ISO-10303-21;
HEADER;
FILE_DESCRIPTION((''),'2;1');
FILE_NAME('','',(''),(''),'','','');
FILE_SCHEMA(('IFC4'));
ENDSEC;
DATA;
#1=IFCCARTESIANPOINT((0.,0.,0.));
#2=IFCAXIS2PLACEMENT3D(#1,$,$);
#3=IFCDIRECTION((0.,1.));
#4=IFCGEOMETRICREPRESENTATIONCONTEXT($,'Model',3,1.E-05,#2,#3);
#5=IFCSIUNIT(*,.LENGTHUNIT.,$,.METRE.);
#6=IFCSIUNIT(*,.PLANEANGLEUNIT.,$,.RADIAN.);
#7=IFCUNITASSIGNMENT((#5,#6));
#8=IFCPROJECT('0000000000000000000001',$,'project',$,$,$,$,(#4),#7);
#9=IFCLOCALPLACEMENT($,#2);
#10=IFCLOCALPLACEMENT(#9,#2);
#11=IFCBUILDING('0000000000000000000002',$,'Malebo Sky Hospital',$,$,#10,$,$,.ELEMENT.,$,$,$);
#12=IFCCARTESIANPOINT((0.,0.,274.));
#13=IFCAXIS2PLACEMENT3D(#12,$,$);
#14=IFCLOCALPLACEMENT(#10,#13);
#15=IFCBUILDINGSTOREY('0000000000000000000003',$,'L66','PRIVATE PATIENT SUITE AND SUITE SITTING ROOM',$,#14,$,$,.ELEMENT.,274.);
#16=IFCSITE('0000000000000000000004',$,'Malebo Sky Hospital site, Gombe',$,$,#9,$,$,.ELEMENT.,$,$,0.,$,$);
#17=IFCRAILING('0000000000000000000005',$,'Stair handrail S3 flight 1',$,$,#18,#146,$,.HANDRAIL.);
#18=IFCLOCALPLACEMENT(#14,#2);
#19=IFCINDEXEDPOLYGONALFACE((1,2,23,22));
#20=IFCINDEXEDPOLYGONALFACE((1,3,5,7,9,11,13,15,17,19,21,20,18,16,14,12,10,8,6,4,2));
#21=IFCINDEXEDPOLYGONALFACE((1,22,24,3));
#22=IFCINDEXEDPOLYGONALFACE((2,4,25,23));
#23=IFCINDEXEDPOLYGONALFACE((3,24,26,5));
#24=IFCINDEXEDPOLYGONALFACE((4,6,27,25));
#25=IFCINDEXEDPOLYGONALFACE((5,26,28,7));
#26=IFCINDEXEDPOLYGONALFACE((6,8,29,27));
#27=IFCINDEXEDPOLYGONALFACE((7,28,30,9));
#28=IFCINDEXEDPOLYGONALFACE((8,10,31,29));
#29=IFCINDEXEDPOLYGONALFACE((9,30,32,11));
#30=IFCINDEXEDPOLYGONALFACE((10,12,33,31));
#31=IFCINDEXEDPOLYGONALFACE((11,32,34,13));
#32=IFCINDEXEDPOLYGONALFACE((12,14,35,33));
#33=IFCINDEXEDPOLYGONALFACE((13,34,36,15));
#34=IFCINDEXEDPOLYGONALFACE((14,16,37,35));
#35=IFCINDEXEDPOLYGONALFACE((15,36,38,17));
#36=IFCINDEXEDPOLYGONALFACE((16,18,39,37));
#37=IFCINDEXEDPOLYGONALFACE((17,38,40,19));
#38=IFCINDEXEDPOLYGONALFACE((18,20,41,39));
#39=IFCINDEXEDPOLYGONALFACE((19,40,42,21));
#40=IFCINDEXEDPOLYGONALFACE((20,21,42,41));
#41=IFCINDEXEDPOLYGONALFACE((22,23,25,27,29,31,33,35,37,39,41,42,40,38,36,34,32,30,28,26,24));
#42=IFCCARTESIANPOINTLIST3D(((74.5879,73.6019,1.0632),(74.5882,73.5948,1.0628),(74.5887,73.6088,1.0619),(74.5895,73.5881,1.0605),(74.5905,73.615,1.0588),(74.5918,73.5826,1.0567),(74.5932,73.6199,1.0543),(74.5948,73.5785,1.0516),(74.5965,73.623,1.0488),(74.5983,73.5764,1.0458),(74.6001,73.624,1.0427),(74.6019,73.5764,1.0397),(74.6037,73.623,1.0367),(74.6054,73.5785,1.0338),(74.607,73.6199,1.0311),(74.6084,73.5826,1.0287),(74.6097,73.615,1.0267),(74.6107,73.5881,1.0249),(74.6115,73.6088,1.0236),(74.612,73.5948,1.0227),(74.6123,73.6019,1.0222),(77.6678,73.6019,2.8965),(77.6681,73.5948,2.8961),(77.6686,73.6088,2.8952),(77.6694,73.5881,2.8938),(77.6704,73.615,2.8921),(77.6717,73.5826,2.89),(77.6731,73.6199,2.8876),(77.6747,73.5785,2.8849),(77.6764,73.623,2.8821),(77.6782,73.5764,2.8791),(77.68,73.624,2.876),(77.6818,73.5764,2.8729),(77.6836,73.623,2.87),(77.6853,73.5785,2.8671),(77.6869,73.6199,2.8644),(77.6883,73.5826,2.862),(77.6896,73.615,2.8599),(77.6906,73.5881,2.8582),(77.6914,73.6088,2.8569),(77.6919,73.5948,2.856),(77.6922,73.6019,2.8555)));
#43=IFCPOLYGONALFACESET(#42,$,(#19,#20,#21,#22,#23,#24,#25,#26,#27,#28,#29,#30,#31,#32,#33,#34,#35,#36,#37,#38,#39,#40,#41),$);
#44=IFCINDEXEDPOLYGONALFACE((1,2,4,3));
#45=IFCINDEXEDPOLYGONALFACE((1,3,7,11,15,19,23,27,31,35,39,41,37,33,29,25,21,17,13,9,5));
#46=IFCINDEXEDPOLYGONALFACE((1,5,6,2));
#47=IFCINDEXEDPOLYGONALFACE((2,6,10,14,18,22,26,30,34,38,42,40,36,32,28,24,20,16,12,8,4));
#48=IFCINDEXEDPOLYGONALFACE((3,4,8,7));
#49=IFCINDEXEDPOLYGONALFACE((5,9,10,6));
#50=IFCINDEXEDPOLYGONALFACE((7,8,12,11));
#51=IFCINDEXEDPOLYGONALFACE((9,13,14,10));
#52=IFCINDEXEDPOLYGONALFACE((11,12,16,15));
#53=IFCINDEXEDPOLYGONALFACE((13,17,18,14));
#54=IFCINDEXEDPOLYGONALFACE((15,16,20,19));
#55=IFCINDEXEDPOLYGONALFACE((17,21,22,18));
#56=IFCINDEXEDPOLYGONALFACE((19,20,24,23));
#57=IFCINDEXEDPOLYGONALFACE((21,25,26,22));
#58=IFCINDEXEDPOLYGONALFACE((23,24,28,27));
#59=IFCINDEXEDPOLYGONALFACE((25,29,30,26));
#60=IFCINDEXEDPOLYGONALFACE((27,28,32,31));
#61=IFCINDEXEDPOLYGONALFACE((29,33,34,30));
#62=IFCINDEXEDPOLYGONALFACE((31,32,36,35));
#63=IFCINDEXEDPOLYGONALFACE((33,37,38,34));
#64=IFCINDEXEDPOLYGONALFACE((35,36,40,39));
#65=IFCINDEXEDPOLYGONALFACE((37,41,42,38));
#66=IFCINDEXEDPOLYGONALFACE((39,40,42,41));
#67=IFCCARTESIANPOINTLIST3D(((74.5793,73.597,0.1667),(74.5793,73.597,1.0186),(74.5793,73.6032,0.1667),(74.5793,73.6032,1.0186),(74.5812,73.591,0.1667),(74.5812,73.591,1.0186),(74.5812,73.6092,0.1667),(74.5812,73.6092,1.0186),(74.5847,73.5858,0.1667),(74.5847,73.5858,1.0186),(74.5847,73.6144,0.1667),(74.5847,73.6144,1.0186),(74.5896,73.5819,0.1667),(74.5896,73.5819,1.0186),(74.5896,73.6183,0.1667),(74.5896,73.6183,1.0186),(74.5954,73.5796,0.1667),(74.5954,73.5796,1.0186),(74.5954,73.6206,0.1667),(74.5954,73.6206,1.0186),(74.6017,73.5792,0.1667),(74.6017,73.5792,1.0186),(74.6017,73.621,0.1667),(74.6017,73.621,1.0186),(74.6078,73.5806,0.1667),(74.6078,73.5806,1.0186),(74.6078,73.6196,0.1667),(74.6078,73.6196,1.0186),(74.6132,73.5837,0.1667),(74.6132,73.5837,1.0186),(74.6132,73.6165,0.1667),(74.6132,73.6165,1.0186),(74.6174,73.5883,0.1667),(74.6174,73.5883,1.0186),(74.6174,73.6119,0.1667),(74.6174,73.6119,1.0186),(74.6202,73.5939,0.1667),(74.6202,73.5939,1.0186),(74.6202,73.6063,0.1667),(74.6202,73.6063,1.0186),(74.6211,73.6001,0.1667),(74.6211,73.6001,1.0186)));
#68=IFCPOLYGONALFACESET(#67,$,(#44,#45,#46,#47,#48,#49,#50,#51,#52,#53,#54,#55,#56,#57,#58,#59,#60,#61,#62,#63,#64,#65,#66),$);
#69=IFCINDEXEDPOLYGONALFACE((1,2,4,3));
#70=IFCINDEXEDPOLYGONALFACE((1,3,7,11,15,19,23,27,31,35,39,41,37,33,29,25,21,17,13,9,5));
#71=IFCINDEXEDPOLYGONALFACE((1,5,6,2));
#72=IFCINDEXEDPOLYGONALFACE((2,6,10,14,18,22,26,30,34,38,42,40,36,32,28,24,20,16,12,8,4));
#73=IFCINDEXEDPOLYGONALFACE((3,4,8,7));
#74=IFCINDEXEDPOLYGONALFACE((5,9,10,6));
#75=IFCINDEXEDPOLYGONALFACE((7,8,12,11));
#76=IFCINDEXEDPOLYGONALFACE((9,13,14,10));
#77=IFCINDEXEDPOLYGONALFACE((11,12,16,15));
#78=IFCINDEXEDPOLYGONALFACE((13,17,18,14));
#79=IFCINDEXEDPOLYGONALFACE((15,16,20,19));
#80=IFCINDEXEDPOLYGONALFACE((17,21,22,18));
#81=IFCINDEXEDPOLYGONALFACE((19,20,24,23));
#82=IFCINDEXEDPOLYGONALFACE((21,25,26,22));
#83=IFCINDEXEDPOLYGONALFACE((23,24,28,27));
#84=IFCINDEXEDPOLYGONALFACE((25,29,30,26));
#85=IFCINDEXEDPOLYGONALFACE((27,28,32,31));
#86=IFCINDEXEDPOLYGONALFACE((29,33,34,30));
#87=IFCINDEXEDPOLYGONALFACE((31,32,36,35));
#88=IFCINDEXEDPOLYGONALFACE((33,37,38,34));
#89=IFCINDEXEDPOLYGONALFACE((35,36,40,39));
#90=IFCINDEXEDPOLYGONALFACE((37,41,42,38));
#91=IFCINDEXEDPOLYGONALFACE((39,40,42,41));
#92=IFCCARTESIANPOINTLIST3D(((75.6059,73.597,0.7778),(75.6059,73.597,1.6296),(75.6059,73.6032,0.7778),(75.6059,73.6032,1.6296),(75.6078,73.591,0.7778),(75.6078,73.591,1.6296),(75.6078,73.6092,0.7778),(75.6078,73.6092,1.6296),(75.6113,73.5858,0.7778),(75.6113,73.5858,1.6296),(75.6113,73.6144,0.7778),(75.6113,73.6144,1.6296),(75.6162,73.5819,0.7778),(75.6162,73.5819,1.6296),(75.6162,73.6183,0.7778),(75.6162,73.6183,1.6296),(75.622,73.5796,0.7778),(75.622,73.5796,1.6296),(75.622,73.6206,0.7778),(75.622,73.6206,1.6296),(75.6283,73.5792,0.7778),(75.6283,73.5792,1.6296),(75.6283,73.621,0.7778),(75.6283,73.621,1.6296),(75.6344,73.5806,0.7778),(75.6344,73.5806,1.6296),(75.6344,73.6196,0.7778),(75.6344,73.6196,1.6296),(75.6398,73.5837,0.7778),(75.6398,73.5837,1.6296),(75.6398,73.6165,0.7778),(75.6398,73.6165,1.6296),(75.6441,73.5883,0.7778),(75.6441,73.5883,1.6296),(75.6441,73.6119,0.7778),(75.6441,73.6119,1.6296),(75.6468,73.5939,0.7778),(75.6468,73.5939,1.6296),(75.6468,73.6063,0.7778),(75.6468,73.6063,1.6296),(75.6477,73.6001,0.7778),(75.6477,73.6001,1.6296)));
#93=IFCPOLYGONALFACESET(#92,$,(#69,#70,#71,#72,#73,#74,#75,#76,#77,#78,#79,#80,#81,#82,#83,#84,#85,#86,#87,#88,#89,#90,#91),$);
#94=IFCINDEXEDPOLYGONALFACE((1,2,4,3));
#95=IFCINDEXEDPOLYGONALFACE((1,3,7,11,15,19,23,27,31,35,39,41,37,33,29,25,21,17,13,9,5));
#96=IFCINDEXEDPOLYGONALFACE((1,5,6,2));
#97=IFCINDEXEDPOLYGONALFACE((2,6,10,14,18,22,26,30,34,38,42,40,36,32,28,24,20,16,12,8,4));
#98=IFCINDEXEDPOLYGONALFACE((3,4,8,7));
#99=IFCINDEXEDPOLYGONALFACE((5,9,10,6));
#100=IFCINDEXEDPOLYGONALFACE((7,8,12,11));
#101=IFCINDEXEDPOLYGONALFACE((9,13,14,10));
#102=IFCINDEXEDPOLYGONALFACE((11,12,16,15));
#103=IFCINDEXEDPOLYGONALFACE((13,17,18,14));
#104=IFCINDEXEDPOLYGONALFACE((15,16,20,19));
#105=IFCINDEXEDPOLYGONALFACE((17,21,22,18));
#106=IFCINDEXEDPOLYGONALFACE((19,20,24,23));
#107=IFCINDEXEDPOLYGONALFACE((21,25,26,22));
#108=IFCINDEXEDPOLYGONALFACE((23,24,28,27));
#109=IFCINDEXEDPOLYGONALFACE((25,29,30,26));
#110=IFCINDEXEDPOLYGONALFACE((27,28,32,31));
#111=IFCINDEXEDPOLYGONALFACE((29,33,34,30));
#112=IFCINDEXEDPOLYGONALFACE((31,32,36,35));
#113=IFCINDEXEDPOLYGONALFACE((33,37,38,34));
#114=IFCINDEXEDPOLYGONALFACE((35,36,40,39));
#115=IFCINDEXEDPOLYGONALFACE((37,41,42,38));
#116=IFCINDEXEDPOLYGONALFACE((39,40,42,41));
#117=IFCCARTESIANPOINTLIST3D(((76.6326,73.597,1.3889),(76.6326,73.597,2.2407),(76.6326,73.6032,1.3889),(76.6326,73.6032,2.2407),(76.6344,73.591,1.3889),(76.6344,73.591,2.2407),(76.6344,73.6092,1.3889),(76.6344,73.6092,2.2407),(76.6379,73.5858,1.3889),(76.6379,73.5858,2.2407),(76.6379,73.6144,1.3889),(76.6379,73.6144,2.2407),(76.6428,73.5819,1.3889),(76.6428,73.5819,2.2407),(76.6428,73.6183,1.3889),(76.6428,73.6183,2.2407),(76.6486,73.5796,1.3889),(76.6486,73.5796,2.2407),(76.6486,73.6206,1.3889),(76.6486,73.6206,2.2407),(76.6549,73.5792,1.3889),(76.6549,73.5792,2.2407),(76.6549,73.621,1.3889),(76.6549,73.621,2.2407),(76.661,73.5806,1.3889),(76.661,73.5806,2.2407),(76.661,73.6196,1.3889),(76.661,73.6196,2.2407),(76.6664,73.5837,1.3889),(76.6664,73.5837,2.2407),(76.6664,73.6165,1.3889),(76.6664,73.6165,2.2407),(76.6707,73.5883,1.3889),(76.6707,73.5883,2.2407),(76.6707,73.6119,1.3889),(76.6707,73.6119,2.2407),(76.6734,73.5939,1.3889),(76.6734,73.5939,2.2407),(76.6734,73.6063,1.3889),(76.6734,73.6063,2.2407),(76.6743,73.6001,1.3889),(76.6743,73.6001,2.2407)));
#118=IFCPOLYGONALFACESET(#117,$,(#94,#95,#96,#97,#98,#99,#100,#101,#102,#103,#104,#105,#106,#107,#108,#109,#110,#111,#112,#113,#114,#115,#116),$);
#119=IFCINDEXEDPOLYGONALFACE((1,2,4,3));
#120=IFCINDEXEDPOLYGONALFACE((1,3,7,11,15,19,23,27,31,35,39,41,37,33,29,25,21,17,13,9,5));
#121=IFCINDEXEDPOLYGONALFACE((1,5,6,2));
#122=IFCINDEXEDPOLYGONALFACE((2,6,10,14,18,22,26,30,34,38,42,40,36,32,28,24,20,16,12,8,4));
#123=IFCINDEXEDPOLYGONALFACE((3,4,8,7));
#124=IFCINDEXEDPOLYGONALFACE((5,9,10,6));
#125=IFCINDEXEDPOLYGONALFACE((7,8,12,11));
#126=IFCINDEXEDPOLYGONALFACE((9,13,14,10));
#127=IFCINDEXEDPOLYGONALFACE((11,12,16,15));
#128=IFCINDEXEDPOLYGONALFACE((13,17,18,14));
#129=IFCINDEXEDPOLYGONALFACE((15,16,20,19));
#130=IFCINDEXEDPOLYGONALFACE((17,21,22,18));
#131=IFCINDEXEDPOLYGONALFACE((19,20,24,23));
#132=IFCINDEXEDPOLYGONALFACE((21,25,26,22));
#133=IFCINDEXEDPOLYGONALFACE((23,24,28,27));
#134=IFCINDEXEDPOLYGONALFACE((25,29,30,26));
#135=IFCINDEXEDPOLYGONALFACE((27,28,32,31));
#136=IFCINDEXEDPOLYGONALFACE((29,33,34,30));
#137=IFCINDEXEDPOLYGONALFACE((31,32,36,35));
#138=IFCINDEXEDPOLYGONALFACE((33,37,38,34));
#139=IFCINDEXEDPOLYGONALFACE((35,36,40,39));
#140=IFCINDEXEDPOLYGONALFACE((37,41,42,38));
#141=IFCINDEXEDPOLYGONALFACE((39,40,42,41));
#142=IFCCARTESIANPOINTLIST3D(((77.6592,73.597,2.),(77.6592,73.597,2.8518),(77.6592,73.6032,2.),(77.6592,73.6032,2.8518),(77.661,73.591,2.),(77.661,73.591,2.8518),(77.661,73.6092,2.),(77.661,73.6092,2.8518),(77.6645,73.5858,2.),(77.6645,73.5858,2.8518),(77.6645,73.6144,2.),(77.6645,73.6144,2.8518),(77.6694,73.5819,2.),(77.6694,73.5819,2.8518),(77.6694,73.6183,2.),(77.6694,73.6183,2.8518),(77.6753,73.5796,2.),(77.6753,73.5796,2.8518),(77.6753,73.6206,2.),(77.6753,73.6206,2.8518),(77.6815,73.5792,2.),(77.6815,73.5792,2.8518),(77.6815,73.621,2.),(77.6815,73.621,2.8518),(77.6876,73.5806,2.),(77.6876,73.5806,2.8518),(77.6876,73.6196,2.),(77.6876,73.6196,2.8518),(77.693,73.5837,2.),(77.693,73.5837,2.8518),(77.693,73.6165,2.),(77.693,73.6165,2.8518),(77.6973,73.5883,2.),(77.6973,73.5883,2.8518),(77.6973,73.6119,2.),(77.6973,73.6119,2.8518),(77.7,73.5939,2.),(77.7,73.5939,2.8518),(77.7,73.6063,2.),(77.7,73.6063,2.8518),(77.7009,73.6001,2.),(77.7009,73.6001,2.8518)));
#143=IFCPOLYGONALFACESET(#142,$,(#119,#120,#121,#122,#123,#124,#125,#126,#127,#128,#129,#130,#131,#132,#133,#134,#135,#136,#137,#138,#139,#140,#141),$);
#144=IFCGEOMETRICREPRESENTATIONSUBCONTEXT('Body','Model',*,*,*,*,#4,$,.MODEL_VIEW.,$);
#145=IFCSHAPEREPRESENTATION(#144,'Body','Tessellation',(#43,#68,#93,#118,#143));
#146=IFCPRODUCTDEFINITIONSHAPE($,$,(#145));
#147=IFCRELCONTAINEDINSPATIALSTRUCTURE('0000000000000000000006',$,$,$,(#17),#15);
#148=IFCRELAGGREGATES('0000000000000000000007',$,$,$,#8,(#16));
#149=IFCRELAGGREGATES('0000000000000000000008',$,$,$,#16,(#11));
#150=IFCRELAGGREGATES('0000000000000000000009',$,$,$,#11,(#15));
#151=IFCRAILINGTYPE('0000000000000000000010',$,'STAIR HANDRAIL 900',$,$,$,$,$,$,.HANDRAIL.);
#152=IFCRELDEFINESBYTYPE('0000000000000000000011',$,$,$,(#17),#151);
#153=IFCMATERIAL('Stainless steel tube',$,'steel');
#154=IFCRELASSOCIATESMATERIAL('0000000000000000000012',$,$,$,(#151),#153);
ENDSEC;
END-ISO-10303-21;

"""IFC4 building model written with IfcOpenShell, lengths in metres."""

from ifc_helpers import new_model, si_unit, direction, frame, origin, origin_2d, place, context, subcontext, project, spatial, circle, extrude, material, type_object, element, save


model = new_model("IFC4")

# Units and contexts
model_context = context("Model", 3, precision=1e-05, world=origin(), true_north=direction((0.0, 1.0)))
body_context = subcontext(model_context, "Body", "Model", "MODEL_VIEW")
ifc_project = project(units=[si_unit("LENGTHUNIT", "METRE"), si_unit("PLANEANGLEUNIT", "RADIAN")], contexts=[model_context])

# Site, building, storey
site_placement = place(None, origin())
site = spatial("IfcSite", under=ifc_project, at=site_placement, Name="Malebo Sky Hospital site, Gombe", CompositionType="ELEMENT", RefElevation=0.0)
building_placement = place(site_placement, origin())
building = spatial("IfcBuilding", under=site, at=building_placement, Name="Malebo Sky Hospital", CompositionType="ELEMENT")
storey_placement = place(building_placement, frame((0.0, 0.0, 274.0)))
storey = spatial("IfcBuildingStorey", under=building, at=storey_placement, Name="L66", Description="PRIVATE PATIENT SUITE AND SUITE SITTING ROOM", CompositionType="ELEMENT", Elevation=274.0)

# Railing
ifc_material_1 = material(Name="Stainless steel tube", Category="steel")
railing_type_1 = type_object("IfcRailingType", Name="STAIR HANDRAIL 900", PredefinedType="HANDRAIL", material=ifc_material_1)
railing_1_placement = place(storey_placement, frame((74.6001, 73.6001, 0.1667)))
element("IfcRailing", 1, at=railing_1_placement, inside=storey, type_object=railing_type_1, Name="Stair handrail S3 flight 1", PredefinedType="HANDRAIL", context=body_context, shape_type="SweptSolid", body=[
    extrude(circle(Radius=0.0239, at=origin_2d()), frame((0.0, 0.0, 0.876), z_axis=(0.859291, 0.0, 0.511487), x_axis=(0.0, 1.0, 0.0)), (0.0, 0.0, 1.0), 3.5842),
    extrude(circle(Radius=0.021, at=origin_2d()), origin(), (0.0, 0.0, 1.0), 0.8518),
    extrude(circle(Radius=0.021, at=origin_2d()), frame((1.0266, 0.0, 0.6111)), (0.0, 0.0, 1.0), 0.8518),
    extrude(circle(Radius=0.021, at=origin_2d()), frame((2.0532, 0.0, 1.2222)), (0.0, 0.0, 1.0), 0.8518),
    extrude(circle(Radius=0.021, at=origin_2d()), frame((3.0798, 0.0, 1.8333)), (0.0, 0.0, 1.0), 0.8518),
])

save(model, "model.ifc")
